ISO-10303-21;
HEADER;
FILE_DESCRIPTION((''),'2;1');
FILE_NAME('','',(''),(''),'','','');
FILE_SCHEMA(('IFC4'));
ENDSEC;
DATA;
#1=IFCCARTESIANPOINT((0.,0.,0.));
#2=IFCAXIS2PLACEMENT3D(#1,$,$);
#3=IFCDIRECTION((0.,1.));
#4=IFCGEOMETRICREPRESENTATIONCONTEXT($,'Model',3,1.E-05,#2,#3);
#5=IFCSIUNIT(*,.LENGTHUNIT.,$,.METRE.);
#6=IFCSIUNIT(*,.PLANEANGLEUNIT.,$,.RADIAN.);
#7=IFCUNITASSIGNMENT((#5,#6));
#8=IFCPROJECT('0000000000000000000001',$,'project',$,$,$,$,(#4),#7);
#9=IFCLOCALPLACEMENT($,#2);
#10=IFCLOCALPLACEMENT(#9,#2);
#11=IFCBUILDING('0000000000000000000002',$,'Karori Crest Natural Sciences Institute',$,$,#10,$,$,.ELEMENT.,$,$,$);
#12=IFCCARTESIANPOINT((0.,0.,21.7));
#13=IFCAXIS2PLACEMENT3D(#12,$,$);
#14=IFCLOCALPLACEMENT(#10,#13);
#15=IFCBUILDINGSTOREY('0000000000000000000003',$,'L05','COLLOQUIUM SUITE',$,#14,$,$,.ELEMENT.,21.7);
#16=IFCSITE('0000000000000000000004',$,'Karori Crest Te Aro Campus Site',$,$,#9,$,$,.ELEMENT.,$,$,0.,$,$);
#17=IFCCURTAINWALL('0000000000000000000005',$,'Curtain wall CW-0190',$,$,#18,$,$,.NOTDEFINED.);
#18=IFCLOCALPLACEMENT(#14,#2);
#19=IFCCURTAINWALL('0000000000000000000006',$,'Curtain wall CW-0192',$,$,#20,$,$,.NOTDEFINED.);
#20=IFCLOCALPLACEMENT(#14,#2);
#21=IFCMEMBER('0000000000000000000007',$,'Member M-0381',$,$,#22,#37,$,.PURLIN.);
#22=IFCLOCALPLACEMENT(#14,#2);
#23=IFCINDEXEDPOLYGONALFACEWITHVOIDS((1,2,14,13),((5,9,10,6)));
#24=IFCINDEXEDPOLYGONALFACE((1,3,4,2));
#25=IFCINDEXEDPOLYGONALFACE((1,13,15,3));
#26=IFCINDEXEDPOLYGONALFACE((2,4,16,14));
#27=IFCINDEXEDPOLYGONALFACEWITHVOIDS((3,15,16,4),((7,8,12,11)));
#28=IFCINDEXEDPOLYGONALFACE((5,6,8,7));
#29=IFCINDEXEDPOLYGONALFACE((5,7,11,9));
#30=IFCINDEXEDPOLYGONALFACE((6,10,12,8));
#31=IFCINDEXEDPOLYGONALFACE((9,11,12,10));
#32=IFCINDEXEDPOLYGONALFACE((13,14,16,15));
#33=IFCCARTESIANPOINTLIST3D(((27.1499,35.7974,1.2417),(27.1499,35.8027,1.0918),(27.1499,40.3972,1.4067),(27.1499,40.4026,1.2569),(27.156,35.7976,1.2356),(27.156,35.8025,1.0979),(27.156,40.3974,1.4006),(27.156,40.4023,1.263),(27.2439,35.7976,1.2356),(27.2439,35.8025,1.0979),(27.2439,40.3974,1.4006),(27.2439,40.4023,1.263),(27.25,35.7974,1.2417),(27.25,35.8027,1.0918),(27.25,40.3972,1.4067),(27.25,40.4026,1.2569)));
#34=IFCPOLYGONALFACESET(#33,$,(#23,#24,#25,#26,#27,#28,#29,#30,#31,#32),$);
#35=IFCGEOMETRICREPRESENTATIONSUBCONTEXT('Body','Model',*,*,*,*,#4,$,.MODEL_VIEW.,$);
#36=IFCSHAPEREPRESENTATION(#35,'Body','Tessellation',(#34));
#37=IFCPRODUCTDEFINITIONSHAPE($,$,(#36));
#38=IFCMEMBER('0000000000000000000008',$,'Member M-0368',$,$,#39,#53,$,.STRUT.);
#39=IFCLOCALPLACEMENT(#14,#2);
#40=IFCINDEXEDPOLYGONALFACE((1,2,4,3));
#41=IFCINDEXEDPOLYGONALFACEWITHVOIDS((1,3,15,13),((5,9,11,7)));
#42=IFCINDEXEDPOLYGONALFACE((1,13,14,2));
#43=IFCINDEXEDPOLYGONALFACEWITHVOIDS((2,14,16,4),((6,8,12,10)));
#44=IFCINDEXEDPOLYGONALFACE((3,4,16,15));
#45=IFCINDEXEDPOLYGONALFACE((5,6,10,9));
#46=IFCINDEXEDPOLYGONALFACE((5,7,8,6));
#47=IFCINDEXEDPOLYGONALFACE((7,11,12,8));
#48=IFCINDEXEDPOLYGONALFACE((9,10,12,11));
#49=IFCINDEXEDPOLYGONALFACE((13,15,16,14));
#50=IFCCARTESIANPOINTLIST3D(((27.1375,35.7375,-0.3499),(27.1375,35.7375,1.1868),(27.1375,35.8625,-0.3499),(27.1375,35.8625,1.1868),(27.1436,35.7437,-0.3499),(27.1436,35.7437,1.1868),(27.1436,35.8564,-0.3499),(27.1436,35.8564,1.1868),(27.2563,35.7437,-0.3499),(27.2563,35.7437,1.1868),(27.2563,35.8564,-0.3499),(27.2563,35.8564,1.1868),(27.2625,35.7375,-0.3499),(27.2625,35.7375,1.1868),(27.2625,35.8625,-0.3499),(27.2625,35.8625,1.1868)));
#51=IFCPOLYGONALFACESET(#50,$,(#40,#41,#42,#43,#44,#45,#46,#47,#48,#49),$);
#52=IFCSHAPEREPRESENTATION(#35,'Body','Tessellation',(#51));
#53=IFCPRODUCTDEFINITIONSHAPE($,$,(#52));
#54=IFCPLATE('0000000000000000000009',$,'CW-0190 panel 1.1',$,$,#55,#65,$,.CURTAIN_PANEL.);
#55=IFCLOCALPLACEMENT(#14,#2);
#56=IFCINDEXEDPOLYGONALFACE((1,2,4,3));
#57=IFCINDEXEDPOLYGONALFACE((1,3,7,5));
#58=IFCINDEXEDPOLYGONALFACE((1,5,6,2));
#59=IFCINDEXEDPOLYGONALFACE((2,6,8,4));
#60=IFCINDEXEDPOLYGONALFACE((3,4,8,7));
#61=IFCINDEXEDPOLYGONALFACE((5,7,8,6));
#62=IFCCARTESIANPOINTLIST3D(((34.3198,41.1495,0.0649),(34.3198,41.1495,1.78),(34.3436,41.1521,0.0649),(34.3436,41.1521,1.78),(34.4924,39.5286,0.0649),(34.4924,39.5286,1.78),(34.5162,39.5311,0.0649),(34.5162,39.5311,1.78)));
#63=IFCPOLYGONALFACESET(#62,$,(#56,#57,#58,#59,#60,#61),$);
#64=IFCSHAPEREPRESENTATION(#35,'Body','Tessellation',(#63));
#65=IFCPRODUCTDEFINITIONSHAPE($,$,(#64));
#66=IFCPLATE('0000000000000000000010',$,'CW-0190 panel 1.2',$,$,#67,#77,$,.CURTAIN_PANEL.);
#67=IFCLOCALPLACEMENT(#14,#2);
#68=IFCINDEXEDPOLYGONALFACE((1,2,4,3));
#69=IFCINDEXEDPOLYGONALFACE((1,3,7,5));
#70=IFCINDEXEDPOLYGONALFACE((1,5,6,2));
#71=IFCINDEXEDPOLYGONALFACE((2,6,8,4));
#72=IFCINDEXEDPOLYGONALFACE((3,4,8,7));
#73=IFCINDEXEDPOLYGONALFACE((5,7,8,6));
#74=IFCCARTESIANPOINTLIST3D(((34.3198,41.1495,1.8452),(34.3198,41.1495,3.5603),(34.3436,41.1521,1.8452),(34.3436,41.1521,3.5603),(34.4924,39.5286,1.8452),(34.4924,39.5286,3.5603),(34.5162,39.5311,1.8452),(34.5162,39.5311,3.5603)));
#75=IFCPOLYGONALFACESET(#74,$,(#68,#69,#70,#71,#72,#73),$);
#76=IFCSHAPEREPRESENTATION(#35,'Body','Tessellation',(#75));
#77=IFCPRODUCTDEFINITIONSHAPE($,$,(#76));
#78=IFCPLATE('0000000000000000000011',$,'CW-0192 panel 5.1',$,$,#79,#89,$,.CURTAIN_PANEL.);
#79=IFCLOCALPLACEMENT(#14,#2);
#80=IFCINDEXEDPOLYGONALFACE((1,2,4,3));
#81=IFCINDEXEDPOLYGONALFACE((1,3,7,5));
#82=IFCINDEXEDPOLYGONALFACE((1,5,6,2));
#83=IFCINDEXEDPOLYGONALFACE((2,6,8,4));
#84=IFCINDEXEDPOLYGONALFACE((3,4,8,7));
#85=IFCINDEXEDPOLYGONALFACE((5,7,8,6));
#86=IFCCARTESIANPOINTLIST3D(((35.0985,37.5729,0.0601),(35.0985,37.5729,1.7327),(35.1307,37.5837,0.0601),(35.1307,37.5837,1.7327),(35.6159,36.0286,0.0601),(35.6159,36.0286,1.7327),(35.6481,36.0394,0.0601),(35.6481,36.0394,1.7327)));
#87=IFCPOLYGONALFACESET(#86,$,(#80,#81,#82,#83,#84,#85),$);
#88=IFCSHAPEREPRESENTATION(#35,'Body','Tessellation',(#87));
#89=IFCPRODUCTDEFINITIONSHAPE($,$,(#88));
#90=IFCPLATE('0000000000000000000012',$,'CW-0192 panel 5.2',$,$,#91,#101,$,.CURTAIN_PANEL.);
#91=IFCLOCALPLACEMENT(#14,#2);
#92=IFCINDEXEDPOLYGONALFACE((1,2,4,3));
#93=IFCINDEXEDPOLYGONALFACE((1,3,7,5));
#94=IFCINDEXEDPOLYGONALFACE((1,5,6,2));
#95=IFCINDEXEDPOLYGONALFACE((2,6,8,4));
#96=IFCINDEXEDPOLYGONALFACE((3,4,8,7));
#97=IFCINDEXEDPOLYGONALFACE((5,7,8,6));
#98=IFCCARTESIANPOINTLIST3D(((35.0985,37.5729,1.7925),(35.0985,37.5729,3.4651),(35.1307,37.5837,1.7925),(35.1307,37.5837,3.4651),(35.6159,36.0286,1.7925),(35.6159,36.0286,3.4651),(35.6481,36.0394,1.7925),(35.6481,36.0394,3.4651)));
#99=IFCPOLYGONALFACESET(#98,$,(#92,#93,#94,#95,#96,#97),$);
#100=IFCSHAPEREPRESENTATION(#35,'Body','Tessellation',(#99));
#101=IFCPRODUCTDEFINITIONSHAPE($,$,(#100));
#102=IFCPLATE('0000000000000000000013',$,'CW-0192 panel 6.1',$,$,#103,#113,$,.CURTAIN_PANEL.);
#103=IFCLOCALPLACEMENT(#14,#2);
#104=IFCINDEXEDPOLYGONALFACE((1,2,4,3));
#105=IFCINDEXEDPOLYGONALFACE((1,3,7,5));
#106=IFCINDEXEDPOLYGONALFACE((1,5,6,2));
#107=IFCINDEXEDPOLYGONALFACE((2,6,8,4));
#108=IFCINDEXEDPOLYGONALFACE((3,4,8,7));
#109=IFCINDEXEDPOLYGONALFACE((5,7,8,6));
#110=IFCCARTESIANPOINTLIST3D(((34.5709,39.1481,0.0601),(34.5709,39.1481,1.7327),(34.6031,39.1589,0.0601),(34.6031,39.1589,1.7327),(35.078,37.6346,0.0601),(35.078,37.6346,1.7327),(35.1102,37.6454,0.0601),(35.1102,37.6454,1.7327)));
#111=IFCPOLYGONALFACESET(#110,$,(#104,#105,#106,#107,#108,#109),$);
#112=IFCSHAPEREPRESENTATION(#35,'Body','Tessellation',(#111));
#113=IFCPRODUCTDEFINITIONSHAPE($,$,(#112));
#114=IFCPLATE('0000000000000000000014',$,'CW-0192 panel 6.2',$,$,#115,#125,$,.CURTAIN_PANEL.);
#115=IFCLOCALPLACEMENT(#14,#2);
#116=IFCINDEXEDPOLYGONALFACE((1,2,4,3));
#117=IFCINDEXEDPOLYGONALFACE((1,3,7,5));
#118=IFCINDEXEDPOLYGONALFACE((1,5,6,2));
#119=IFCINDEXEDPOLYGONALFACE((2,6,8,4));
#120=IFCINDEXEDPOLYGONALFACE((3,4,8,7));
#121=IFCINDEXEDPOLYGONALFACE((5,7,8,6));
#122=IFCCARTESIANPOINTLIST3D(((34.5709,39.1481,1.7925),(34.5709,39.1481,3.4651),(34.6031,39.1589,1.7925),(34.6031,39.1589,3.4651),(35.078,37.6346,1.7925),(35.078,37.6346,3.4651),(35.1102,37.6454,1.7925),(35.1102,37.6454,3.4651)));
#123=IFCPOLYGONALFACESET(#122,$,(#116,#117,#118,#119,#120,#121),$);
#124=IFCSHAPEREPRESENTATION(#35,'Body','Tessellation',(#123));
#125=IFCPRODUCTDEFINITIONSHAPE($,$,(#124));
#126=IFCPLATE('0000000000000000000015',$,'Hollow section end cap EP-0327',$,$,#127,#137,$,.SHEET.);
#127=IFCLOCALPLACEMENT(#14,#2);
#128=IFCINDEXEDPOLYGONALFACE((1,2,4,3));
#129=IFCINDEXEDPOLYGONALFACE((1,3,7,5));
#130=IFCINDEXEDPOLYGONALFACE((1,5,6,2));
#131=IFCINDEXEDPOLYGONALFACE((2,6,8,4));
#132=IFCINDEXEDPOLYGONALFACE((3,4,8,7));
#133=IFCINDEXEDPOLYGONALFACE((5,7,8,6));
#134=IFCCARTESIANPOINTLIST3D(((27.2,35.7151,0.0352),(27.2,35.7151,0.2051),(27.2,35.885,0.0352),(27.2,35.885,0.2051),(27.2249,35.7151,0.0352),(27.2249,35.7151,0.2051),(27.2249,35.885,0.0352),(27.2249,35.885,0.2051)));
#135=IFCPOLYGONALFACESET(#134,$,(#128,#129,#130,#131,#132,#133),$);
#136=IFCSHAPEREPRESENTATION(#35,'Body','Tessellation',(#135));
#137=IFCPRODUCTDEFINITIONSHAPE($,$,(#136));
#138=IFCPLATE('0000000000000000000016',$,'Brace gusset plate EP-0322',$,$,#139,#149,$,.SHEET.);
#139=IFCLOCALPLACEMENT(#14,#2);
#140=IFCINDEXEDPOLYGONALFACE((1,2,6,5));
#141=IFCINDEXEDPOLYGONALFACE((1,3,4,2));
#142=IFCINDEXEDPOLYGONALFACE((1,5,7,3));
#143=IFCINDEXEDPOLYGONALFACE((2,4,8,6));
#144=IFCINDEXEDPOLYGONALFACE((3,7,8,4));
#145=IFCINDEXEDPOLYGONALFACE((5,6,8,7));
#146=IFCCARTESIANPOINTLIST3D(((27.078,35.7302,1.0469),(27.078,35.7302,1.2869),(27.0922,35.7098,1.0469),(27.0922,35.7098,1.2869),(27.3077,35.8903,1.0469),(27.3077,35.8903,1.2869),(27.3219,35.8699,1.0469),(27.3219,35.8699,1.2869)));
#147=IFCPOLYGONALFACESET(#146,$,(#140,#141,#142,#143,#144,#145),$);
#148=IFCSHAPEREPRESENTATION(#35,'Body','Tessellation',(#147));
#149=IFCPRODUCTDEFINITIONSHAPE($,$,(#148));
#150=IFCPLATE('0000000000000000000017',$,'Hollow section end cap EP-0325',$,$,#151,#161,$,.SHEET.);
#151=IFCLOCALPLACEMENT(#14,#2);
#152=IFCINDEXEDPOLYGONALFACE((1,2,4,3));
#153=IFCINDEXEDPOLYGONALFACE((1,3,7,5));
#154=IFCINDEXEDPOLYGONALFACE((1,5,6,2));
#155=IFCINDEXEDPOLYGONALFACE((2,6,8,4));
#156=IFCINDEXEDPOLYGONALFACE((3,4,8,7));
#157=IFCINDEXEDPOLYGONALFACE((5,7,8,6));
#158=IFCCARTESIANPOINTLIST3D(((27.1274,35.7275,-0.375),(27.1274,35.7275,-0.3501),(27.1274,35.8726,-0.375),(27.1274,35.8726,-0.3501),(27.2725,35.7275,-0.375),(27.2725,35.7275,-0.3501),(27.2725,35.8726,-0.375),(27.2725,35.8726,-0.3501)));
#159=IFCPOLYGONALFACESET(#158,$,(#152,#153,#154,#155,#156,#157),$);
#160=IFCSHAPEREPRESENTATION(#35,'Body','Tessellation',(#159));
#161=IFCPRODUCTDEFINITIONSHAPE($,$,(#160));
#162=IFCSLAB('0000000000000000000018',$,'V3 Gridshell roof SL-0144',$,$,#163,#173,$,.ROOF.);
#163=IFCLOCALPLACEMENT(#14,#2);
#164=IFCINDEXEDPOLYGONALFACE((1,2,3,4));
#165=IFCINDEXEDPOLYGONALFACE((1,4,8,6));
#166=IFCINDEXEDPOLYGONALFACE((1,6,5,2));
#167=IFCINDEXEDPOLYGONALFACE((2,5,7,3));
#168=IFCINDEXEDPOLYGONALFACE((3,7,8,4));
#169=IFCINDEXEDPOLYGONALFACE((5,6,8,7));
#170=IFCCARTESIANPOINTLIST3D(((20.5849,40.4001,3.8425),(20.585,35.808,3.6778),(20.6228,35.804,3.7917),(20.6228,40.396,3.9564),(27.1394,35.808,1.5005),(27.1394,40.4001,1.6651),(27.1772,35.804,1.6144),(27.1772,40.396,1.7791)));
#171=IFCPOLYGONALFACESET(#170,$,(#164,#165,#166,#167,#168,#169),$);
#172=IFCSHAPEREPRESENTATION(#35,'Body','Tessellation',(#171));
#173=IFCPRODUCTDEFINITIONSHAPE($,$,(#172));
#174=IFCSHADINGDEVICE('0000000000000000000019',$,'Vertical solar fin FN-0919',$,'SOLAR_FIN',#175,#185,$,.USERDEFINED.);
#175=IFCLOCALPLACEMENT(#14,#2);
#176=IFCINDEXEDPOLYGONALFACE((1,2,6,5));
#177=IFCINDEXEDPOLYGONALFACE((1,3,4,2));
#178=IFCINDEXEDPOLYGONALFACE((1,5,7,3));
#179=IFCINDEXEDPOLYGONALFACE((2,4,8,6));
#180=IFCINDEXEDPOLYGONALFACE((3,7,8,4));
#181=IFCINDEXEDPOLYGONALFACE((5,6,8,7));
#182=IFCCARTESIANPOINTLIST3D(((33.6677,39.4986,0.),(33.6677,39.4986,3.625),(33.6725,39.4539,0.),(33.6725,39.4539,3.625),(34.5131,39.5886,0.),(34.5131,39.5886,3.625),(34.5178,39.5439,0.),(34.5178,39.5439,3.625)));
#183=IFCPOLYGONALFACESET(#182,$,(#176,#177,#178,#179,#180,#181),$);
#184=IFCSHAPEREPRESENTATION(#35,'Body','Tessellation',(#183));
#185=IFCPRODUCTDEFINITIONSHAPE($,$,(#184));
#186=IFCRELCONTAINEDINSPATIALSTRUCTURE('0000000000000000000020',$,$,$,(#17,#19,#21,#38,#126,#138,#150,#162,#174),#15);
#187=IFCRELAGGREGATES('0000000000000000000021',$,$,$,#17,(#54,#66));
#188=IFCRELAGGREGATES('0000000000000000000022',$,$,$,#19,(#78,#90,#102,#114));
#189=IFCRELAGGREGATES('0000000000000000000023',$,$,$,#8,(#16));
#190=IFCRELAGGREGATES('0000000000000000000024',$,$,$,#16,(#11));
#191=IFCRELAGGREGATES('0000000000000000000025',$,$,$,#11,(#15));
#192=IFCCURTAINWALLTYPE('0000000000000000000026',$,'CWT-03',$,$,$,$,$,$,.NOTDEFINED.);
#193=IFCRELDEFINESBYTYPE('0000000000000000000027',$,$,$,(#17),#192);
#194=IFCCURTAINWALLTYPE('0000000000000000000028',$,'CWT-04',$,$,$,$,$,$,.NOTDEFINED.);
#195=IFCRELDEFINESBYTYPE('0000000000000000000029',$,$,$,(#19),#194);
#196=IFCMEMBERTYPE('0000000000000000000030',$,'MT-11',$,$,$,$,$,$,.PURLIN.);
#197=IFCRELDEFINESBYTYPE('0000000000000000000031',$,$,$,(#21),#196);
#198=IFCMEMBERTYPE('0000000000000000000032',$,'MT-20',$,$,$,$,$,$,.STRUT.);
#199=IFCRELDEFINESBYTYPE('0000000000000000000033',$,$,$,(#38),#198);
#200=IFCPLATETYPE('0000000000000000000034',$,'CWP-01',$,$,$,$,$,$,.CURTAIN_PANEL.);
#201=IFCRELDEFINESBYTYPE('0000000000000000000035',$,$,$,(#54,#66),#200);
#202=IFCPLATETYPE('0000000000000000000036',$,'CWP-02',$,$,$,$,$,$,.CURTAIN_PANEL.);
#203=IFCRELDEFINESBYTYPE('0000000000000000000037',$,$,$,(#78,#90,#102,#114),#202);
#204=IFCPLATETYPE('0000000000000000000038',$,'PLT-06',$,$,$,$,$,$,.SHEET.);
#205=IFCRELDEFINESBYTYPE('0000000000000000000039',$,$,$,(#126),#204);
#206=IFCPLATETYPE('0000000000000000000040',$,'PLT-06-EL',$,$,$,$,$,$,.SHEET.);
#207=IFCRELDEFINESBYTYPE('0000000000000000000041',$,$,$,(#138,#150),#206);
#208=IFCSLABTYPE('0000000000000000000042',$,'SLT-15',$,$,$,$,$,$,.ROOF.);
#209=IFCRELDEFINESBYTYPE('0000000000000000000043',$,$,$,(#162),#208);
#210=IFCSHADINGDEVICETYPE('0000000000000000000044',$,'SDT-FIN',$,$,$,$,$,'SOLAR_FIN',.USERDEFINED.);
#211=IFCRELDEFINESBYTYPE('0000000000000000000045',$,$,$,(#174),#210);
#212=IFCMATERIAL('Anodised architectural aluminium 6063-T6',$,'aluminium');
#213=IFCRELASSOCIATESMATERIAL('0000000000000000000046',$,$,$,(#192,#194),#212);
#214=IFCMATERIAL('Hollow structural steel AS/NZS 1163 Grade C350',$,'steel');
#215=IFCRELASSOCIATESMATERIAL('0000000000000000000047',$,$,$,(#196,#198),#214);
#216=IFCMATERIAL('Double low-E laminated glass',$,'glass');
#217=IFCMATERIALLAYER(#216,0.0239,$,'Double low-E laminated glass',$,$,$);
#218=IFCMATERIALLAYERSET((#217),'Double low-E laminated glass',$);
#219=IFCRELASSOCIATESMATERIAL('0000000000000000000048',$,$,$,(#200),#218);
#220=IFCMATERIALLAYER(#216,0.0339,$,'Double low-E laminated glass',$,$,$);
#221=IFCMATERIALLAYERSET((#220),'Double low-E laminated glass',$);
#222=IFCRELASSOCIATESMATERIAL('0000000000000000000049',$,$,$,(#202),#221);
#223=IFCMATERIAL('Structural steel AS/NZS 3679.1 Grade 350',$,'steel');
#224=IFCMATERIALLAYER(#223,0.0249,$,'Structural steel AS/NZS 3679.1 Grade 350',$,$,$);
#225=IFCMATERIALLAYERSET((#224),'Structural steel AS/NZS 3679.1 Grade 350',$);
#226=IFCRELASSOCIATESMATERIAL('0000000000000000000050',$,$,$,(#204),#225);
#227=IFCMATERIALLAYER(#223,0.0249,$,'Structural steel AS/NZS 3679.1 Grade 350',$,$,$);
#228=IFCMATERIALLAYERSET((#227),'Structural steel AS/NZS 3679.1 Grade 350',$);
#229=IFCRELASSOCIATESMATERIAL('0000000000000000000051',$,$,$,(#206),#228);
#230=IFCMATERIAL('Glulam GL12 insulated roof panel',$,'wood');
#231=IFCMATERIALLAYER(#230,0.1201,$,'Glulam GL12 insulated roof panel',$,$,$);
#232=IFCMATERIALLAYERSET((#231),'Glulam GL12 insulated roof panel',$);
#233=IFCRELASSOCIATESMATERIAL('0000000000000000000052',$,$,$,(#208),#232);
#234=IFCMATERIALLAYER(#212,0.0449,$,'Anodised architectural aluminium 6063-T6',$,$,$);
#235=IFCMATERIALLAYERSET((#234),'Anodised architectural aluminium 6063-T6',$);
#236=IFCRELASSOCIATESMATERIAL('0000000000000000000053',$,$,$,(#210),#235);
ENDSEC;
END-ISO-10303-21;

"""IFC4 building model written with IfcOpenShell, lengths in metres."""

from ifc_helpers import new_model, si_unit, direction, frame, origin, origin_2d, place, context, subcontext, project, spatial, polyline, rectangle, hollow_rectangle, outline, extrude, material, layer, layer_set, material_profile, profile_set, type_object, element, aggregate, save


model = new_model("IFC4")

# Units and contexts
model_context = context("Model", 3, precision=1e-05, world=origin(), true_north=direction((0.0, 1.0)))
body_context = subcontext(model_context, "Body", "Model", "MODEL_VIEW")
ifc_project = project(units=[si_unit("LENGTHUNIT", "METRE"), si_unit("PLANEANGLEUNIT", "RADIAN")], contexts=[model_context])

# Site, building, storey
site_placement = place(None, origin())
site = spatial("IfcSite", under=ifc_project, at=site_placement, Name="Karori Crest Te Aro Campus Site", CompositionType="ELEMENT", RefElevation=0.0)
building_placement = place(site_placement, origin())
building = spatial("IfcBuilding", under=site, at=building_placement, Name="Karori Crest Natural Sciences Institute", CompositionType="ELEMENT")
storey_placement = place(building_placement, frame((0.0, 0.0, 21.7)))
storey = spatial("IfcBuildingStorey", under=building, at=storey_placement, Name="L05", Description="COLLOQUIUM SUITE", CompositionType="ELEMENT", Elevation=21.7)

# Shared definitions
ifc_material_1 = material(Name="Structural steel AS/NZS 3679.1 Grade 350", Category="steel")

# Shared definitions
ifc_material_2 = material(Name="Hollow structural steel AS/NZS 1163 Grade C350", Category="steel")

# Curtain wall
ifc_material_3 = material(Name="Anodised architectural aluminium 6063-T6", Category="aluminium")
curtain_wall_type_1 = type_object("IfcCurtainWallType", Name="CWT-03", PredefinedType="NOTDEFINED", material=ifc_material_3)
curtain_wall_1_placement = place(storey_placement, origin())
curtain_wall_1 = element("IfcCurtainWall", 1, at=curtain_wall_1_placement, inside=storey, type_object=curtain_wall_type_1, Name="Curtain wall CW-0190", PredefinedType="NOTDEFINED")

# Curtain wall
curtain_wall_type_2 = type_object("IfcCurtainWallType", Name="CWT-04", PredefinedType="NOTDEFINED", material=ifc_material_3)
curtain_wall_2_placement = place(storey_placement, origin())
curtain_wall_2 = element("IfcCurtainWall", 2, at=curtain_wall_2_placement, inside=storey, type_object=curtain_wall_type_2, Name="Curtain wall CW-0192", PredefinedType="NOTDEFINED")

# Members
ifc_material_profile_1 = material_profile(ifc_material_2, hollow_rectangle(XDim=0.1001, YDim=0.1499, WallThickness=0.0061, at=origin_2d()), Name="RHS150x100x6")
ifc_profile_set_1 = profile_set([ifc_material_profile_1], Name="Hollow structural steel AS/NZS 1163 Grade C350")
member_type_1 = type_object("IfcMemberType", Name="MT-11", PredefinedType="PURLIN", material=ifc_profile_set_1)
member_1_placement = place(storey_placement, frame((27.2, 35.8, 1.1667), z_axis=(0.0, 0.999357, 0.035856), x_axis=(-1.0, 0.0, 0.0)))
element("IfcMember", 3, at=member_1_placement, inside=storey, type_object=member_type_1, Name="Member M-0381", PredefinedType="PURLIN", context=body_context, shape_type="SweptSolid", body=[
    extrude(hollow_rectangle(XDim=0.1001, YDim=0.1499, WallThickness=0.0061, at=origin_2d()), origin(), (0.0, 0.0, 1.0), 4.6028),
])
ifc_material_profile_2 = material_profile(ifc_material_2, hollow_rectangle(XDim=0.125, YDim=0.125, WallThickness=0.0061, at=origin_2d()), Name="SHS125x125x6")
ifc_profile_set_2 = profile_set([ifc_material_profile_2], Name="Hollow structural steel AS/NZS 1163 Grade C350")
member_type_2 = type_object("IfcMemberType", Name="MT-20", PredefinedType="STRUT", material=ifc_profile_set_2)
member_2_placement = place(storey_placement, frame((27.2, 35.8, -0.3499), z_axis=(0.0, 0.0, 1.0), x_axis=(1.0, 0.0, 0.0)))
element("IfcMember", 4, at=member_2_placement, inside=storey, type_object=member_type_2, Name="Member M-0368", PredefinedType="STRUT", context=body_context, shape_type="SweptSolid", body=[
    extrude(hollow_rectangle(XDim=0.125, YDim=0.125, WallThickness=0.0061, at=origin_2d()), origin(), (0.0, 0.0, 1.0), 1.5366),
])

# Plates
ifc_material_4 = material(Name="Double low-E laminated glass", Category="glass")
ifc_layer_1 = layer(ifc_material_4, 0.0239, Name="Double low-E laminated glass")
ifc_layer_set_1 = layer_set([ifc_layer_1], Name="Double low-E laminated glass")
plate_type_1 = type_object("IfcPlateType", Name="CWP-01", PredefinedType="CURTAIN_PANEL", material=ifc_layer_set_1)
plate_1_placement = place(storey_placement, frame((34.418, 40.3403, 0.0649), z_axis=(0.0, 0.0, 1.0), x_axis=(-0.105884, 0.994378, 0.0)))
plate_1 = element("IfcPlate", 5, at=plate_1_placement, type_object=plate_type_1, Name="CW-0190 panel 1.1", PredefinedType="CURTAIN_PANEL", context=body_context, shape_type="SweptSolid", body=[
    extrude(rectangle(XDim=1.6301, YDim=0.0239, at=origin_2d()), origin(), (0.0, 0.0, 1.0), 1.7151),
])
plate_2_placement = place(storey_placement, frame((34.418, 40.3403, 1.8452), z_axis=(0.0, 0.0, 1.0), x_axis=(-0.105884, 0.994378, 0.0)))
plate_2 = element("IfcPlate", 6, at=plate_2_placement, type_object=plate_type_1, Name="CW-0190 panel 1.2", PredefinedType="CURTAIN_PANEL", context=body_context, shape_type="SweptSolid", body=[
    extrude(rectangle(XDim=1.6301, YDim=0.0239, at=origin_2d()), origin(), (0.0, 0.0, 1.0), 1.7151),
])
aggregate(curtain_wall_1, [plate_1, plate_2])
ifc_layer_2 = layer(ifc_material_4, 0.0339, Name="Double low-E laminated glass")
ifc_layer_set_2 = layer_set([ifc_layer_2], Name="Double low-E laminated glass")
plate_type_2 = type_object("IfcPlateType", Name="CWP-02", PredefinedType="CURTAIN_PANEL", material=ifc_layer_set_2)
plate_3_placement = place(storey_placement, frame((35.3733, 36.8062, 0.0601), z_axis=(0.0, 0.0, 1.0), x_axis=(-0.31768, 0.948198, 0.0)))
plate_3 = element("IfcPlate", 7, at=plate_3_placement, type_object=plate_type_2, Name="CW-0192 panel 5.1", PredefinedType="CURTAIN_PANEL", context=body_context, shape_type="SweptSolid", body=[
    extrude(rectangle(XDim=1.6287, YDim=0.0339, at=origin_2d()), origin(), (0.0, 0.0, 1.0), 1.6726),
])
plate_4_placement = place(storey_placement, frame((35.3733, 36.8062, 1.7925), z_axis=(0.0, 0.0, 1.0), x_axis=(-0.31768, 0.948198, 0.0)))
plate_4 = element("IfcPlate", 8, at=plate_4_placement, type_object=plate_type_2, Name="CW-0192 panel 5.2", PredefinedType="CURTAIN_PANEL", context=body_context, shape_type="SweptSolid", body=[
    extrude(rectangle(XDim=1.6287, YDim=0.0339, at=origin_2d()), origin(), (0.0, 0.0, 1.0), 1.6726),
])
plate_5_placement = place(storey_placement, frame((34.8406, 38.3967, 0.0601), z_axis=(0.0, 0.0, 1.0), x_axis=(-0.31768, 0.948198, 0.0)))
plate_5 = element("IfcPlate", 9, at=plate_5_placement, type_object=plate_type_2, Name="CW-0192 panel 6.1", PredefinedType="CURTAIN_PANEL", context=body_context, shape_type="SweptSolid", body=[
    extrude(rectangle(XDim=1.5962, YDim=0.0339, at=origin_2d()), origin(), (0.0, 0.0, 1.0), 1.6726),
])
plate_6_placement = place(storey_placement, frame((34.8406, 38.3967, 1.7925), z_axis=(0.0, 0.0, 1.0), x_axis=(-0.31768, 0.948198, 0.0)))
plate_6 = element("IfcPlate", 10, at=plate_6_placement, type_object=plate_type_2, Name="CW-0192 panel 6.2", PredefinedType="CURTAIN_PANEL", context=body_context, shape_type="SweptSolid", body=[
    extrude(rectangle(XDim=1.5962, YDim=0.0339, at=origin_2d()), origin(), (0.0, 0.0, 1.0), 1.6726),
])
aggregate(curtain_wall_2, [plate_3, plate_4, plate_5, plate_6])

# Plates
ifc_layer_3 = layer(ifc_material_1, 0.0249, Name="Structural steel AS/NZS 3679.1 Grade 350")
ifc_layer_set_3 = layer_set([ifc_layer_3], Name="Structural steel AS/NZS 3679.1 Grade 350")
plate_type_3 = type_object("IfcPlateType", Name="PLT-06", PredefinedType="SHEET", material=ifc_layer_set_3)
plate_7_placement = place(storey_placement, frame((27.2124, 35.8, 0.0352), z_axis=(0.0, 0.0, 1.0), x_axis=(1.0, 0.0, 0.0)))
element("IfcPlate", 11, at=plate_7_placement, inside=storey, type_object=plate_type_3, Name="Hollow section end cap EP-0327", PredefinedType="SHEET", context=body_context, shape_type="SweptSolid", body=[
    extrude(rectangle(XDim=0.0249, YDim=0.1699, at=origin_2d()), origin(), (0.0, 0.0, 1.0), 0.1699),
])
ifc_layer_4 = layer(ifc_material_1, 0.0249, Name="Structural steel AS/NZS 3679.1 Grade 350")
ifc_layer_set_4 = layer_set([ifc_layer_4], Name="Structural steel AS/NZS 3679.1 Grade 350")
plate_type_4 = type_object("IfcPlateType", Name="PLT-06-EL", PredefinedType="SHEET", material=ifc_layer_set_4)
plate_8_placement = place(storey_placement, frame((27.2, 35.8, 1.0469), z_axis=(0.0, 0.0, 1.0), x_axis=(0.820398, 0.571792, 0.0)))
element("IfcPlate", 12, at=plate_8_placement, inside=storey, type_object=plate_type_4, Name="Brace gusset plate EP-0322", PredefinedType="SHEET", context=body_context, shape_type="SweptSolid", body=[
    extrude(rectangle(XDim=0.28, YDim=0.0249, at=origin_2d()), origin(), (0.0, 0.0, 1.0), 0.24),
])
plate_9_placement = place(storey_placement, frame((27.2, 35.8, -0.375), z_axis=(0.0, 0.0, 1.0), x_axis=(1.0, 0.0, 0.0)))
element("IfcPlate", 13, at=plate_9_placement, inside=storey, type_object=plate_type_4, Name="Hollow section end cap EP-0325", PredefinedType="SHEET", context=body_context, shape_type="SweptSolid", body=[
    extrude(rectangle(XDim=0.145, YDim=0.145, at=origin_2d()), origin(), (0.0, 0.0, 1.0), 0.0249),
])

# Slab
ifc_material_5 = material(Name="Glulam GL12 insulated roof panel", Category="wood")
ifc_layer_5 = layer(ifc_material_5, 0.1201, Name="Glulam GL12 insulated roof panel")
ifc_layer_set_5 = layer_set([ifc_layer_5], Name="Glulam GL12 insulated roof panel")
slab_type = type_object("IfcSlabType", Name="SLT-15", PredefinedType="ROOF", material=ifc_layer_set_5)
slab_placement = place(storey_placement, frame((20.6228, 35.804, 3.7917), z_axis=(0.315075, -0.034012, 0.948457), x_axis=(0.949006, 0.000001, -0.315257)))
element("IfcSlab", 14, at=slab_placement, inside=storey, type_object=slab_type, Name="V3 Gridshell roof SL-0144", PredefinedType="ROOF", context=body_context, shape_type="SweptSolid", body=[
    extrude(outline(polyline([(0.0, 0.0), (6.9066, 0.0), (6.8547, 4.5947), (-0.052, 4.5947), (0.0, 0.0)])), origin(), (0.0, 0.0, -1.0), 0.1201),
])

# Shading device
ifc_layer_6 = layer(ifc_material_3, 0.0449, Name="Anodised architectural aluminium 6063-T6")
ifc_layer_set_6 = layer_set([ifc_layer_6], Name="Anodised architectural aluminium 6063-T6")
shading_device_type = type_object("IfcShadingDeviceType", Name="SDT-FIN", ElementType="SOLAR_FIN", PredefinedType="USERDEFINED", material=ifc_layer_set_6)
shading_device_placement = place(storey_placement, frame((34.0928, 39.5212, 0.0), z_axis=(0.0, 0.0, 1.0), x_axis=(-0.994378, -0.105884, 0.0)))
element("IfcShadingDevice", 15, at=shading_device_placement, inside=storey, type_object=shading_device_type, Name="Vertical solar fin FN-0919", ObjectType="SOLAR_FIN", PredefinedType="USERDEFINED", context=body_context, shape_type="SweptSolid", body=[
    extrude(rectangle(XDim=0.8501, YDim=0.0449, at=origin_2d()), origin(), (0.0, 0.0, 1.0), 3.625),
])

save(model, "model.ifc")
